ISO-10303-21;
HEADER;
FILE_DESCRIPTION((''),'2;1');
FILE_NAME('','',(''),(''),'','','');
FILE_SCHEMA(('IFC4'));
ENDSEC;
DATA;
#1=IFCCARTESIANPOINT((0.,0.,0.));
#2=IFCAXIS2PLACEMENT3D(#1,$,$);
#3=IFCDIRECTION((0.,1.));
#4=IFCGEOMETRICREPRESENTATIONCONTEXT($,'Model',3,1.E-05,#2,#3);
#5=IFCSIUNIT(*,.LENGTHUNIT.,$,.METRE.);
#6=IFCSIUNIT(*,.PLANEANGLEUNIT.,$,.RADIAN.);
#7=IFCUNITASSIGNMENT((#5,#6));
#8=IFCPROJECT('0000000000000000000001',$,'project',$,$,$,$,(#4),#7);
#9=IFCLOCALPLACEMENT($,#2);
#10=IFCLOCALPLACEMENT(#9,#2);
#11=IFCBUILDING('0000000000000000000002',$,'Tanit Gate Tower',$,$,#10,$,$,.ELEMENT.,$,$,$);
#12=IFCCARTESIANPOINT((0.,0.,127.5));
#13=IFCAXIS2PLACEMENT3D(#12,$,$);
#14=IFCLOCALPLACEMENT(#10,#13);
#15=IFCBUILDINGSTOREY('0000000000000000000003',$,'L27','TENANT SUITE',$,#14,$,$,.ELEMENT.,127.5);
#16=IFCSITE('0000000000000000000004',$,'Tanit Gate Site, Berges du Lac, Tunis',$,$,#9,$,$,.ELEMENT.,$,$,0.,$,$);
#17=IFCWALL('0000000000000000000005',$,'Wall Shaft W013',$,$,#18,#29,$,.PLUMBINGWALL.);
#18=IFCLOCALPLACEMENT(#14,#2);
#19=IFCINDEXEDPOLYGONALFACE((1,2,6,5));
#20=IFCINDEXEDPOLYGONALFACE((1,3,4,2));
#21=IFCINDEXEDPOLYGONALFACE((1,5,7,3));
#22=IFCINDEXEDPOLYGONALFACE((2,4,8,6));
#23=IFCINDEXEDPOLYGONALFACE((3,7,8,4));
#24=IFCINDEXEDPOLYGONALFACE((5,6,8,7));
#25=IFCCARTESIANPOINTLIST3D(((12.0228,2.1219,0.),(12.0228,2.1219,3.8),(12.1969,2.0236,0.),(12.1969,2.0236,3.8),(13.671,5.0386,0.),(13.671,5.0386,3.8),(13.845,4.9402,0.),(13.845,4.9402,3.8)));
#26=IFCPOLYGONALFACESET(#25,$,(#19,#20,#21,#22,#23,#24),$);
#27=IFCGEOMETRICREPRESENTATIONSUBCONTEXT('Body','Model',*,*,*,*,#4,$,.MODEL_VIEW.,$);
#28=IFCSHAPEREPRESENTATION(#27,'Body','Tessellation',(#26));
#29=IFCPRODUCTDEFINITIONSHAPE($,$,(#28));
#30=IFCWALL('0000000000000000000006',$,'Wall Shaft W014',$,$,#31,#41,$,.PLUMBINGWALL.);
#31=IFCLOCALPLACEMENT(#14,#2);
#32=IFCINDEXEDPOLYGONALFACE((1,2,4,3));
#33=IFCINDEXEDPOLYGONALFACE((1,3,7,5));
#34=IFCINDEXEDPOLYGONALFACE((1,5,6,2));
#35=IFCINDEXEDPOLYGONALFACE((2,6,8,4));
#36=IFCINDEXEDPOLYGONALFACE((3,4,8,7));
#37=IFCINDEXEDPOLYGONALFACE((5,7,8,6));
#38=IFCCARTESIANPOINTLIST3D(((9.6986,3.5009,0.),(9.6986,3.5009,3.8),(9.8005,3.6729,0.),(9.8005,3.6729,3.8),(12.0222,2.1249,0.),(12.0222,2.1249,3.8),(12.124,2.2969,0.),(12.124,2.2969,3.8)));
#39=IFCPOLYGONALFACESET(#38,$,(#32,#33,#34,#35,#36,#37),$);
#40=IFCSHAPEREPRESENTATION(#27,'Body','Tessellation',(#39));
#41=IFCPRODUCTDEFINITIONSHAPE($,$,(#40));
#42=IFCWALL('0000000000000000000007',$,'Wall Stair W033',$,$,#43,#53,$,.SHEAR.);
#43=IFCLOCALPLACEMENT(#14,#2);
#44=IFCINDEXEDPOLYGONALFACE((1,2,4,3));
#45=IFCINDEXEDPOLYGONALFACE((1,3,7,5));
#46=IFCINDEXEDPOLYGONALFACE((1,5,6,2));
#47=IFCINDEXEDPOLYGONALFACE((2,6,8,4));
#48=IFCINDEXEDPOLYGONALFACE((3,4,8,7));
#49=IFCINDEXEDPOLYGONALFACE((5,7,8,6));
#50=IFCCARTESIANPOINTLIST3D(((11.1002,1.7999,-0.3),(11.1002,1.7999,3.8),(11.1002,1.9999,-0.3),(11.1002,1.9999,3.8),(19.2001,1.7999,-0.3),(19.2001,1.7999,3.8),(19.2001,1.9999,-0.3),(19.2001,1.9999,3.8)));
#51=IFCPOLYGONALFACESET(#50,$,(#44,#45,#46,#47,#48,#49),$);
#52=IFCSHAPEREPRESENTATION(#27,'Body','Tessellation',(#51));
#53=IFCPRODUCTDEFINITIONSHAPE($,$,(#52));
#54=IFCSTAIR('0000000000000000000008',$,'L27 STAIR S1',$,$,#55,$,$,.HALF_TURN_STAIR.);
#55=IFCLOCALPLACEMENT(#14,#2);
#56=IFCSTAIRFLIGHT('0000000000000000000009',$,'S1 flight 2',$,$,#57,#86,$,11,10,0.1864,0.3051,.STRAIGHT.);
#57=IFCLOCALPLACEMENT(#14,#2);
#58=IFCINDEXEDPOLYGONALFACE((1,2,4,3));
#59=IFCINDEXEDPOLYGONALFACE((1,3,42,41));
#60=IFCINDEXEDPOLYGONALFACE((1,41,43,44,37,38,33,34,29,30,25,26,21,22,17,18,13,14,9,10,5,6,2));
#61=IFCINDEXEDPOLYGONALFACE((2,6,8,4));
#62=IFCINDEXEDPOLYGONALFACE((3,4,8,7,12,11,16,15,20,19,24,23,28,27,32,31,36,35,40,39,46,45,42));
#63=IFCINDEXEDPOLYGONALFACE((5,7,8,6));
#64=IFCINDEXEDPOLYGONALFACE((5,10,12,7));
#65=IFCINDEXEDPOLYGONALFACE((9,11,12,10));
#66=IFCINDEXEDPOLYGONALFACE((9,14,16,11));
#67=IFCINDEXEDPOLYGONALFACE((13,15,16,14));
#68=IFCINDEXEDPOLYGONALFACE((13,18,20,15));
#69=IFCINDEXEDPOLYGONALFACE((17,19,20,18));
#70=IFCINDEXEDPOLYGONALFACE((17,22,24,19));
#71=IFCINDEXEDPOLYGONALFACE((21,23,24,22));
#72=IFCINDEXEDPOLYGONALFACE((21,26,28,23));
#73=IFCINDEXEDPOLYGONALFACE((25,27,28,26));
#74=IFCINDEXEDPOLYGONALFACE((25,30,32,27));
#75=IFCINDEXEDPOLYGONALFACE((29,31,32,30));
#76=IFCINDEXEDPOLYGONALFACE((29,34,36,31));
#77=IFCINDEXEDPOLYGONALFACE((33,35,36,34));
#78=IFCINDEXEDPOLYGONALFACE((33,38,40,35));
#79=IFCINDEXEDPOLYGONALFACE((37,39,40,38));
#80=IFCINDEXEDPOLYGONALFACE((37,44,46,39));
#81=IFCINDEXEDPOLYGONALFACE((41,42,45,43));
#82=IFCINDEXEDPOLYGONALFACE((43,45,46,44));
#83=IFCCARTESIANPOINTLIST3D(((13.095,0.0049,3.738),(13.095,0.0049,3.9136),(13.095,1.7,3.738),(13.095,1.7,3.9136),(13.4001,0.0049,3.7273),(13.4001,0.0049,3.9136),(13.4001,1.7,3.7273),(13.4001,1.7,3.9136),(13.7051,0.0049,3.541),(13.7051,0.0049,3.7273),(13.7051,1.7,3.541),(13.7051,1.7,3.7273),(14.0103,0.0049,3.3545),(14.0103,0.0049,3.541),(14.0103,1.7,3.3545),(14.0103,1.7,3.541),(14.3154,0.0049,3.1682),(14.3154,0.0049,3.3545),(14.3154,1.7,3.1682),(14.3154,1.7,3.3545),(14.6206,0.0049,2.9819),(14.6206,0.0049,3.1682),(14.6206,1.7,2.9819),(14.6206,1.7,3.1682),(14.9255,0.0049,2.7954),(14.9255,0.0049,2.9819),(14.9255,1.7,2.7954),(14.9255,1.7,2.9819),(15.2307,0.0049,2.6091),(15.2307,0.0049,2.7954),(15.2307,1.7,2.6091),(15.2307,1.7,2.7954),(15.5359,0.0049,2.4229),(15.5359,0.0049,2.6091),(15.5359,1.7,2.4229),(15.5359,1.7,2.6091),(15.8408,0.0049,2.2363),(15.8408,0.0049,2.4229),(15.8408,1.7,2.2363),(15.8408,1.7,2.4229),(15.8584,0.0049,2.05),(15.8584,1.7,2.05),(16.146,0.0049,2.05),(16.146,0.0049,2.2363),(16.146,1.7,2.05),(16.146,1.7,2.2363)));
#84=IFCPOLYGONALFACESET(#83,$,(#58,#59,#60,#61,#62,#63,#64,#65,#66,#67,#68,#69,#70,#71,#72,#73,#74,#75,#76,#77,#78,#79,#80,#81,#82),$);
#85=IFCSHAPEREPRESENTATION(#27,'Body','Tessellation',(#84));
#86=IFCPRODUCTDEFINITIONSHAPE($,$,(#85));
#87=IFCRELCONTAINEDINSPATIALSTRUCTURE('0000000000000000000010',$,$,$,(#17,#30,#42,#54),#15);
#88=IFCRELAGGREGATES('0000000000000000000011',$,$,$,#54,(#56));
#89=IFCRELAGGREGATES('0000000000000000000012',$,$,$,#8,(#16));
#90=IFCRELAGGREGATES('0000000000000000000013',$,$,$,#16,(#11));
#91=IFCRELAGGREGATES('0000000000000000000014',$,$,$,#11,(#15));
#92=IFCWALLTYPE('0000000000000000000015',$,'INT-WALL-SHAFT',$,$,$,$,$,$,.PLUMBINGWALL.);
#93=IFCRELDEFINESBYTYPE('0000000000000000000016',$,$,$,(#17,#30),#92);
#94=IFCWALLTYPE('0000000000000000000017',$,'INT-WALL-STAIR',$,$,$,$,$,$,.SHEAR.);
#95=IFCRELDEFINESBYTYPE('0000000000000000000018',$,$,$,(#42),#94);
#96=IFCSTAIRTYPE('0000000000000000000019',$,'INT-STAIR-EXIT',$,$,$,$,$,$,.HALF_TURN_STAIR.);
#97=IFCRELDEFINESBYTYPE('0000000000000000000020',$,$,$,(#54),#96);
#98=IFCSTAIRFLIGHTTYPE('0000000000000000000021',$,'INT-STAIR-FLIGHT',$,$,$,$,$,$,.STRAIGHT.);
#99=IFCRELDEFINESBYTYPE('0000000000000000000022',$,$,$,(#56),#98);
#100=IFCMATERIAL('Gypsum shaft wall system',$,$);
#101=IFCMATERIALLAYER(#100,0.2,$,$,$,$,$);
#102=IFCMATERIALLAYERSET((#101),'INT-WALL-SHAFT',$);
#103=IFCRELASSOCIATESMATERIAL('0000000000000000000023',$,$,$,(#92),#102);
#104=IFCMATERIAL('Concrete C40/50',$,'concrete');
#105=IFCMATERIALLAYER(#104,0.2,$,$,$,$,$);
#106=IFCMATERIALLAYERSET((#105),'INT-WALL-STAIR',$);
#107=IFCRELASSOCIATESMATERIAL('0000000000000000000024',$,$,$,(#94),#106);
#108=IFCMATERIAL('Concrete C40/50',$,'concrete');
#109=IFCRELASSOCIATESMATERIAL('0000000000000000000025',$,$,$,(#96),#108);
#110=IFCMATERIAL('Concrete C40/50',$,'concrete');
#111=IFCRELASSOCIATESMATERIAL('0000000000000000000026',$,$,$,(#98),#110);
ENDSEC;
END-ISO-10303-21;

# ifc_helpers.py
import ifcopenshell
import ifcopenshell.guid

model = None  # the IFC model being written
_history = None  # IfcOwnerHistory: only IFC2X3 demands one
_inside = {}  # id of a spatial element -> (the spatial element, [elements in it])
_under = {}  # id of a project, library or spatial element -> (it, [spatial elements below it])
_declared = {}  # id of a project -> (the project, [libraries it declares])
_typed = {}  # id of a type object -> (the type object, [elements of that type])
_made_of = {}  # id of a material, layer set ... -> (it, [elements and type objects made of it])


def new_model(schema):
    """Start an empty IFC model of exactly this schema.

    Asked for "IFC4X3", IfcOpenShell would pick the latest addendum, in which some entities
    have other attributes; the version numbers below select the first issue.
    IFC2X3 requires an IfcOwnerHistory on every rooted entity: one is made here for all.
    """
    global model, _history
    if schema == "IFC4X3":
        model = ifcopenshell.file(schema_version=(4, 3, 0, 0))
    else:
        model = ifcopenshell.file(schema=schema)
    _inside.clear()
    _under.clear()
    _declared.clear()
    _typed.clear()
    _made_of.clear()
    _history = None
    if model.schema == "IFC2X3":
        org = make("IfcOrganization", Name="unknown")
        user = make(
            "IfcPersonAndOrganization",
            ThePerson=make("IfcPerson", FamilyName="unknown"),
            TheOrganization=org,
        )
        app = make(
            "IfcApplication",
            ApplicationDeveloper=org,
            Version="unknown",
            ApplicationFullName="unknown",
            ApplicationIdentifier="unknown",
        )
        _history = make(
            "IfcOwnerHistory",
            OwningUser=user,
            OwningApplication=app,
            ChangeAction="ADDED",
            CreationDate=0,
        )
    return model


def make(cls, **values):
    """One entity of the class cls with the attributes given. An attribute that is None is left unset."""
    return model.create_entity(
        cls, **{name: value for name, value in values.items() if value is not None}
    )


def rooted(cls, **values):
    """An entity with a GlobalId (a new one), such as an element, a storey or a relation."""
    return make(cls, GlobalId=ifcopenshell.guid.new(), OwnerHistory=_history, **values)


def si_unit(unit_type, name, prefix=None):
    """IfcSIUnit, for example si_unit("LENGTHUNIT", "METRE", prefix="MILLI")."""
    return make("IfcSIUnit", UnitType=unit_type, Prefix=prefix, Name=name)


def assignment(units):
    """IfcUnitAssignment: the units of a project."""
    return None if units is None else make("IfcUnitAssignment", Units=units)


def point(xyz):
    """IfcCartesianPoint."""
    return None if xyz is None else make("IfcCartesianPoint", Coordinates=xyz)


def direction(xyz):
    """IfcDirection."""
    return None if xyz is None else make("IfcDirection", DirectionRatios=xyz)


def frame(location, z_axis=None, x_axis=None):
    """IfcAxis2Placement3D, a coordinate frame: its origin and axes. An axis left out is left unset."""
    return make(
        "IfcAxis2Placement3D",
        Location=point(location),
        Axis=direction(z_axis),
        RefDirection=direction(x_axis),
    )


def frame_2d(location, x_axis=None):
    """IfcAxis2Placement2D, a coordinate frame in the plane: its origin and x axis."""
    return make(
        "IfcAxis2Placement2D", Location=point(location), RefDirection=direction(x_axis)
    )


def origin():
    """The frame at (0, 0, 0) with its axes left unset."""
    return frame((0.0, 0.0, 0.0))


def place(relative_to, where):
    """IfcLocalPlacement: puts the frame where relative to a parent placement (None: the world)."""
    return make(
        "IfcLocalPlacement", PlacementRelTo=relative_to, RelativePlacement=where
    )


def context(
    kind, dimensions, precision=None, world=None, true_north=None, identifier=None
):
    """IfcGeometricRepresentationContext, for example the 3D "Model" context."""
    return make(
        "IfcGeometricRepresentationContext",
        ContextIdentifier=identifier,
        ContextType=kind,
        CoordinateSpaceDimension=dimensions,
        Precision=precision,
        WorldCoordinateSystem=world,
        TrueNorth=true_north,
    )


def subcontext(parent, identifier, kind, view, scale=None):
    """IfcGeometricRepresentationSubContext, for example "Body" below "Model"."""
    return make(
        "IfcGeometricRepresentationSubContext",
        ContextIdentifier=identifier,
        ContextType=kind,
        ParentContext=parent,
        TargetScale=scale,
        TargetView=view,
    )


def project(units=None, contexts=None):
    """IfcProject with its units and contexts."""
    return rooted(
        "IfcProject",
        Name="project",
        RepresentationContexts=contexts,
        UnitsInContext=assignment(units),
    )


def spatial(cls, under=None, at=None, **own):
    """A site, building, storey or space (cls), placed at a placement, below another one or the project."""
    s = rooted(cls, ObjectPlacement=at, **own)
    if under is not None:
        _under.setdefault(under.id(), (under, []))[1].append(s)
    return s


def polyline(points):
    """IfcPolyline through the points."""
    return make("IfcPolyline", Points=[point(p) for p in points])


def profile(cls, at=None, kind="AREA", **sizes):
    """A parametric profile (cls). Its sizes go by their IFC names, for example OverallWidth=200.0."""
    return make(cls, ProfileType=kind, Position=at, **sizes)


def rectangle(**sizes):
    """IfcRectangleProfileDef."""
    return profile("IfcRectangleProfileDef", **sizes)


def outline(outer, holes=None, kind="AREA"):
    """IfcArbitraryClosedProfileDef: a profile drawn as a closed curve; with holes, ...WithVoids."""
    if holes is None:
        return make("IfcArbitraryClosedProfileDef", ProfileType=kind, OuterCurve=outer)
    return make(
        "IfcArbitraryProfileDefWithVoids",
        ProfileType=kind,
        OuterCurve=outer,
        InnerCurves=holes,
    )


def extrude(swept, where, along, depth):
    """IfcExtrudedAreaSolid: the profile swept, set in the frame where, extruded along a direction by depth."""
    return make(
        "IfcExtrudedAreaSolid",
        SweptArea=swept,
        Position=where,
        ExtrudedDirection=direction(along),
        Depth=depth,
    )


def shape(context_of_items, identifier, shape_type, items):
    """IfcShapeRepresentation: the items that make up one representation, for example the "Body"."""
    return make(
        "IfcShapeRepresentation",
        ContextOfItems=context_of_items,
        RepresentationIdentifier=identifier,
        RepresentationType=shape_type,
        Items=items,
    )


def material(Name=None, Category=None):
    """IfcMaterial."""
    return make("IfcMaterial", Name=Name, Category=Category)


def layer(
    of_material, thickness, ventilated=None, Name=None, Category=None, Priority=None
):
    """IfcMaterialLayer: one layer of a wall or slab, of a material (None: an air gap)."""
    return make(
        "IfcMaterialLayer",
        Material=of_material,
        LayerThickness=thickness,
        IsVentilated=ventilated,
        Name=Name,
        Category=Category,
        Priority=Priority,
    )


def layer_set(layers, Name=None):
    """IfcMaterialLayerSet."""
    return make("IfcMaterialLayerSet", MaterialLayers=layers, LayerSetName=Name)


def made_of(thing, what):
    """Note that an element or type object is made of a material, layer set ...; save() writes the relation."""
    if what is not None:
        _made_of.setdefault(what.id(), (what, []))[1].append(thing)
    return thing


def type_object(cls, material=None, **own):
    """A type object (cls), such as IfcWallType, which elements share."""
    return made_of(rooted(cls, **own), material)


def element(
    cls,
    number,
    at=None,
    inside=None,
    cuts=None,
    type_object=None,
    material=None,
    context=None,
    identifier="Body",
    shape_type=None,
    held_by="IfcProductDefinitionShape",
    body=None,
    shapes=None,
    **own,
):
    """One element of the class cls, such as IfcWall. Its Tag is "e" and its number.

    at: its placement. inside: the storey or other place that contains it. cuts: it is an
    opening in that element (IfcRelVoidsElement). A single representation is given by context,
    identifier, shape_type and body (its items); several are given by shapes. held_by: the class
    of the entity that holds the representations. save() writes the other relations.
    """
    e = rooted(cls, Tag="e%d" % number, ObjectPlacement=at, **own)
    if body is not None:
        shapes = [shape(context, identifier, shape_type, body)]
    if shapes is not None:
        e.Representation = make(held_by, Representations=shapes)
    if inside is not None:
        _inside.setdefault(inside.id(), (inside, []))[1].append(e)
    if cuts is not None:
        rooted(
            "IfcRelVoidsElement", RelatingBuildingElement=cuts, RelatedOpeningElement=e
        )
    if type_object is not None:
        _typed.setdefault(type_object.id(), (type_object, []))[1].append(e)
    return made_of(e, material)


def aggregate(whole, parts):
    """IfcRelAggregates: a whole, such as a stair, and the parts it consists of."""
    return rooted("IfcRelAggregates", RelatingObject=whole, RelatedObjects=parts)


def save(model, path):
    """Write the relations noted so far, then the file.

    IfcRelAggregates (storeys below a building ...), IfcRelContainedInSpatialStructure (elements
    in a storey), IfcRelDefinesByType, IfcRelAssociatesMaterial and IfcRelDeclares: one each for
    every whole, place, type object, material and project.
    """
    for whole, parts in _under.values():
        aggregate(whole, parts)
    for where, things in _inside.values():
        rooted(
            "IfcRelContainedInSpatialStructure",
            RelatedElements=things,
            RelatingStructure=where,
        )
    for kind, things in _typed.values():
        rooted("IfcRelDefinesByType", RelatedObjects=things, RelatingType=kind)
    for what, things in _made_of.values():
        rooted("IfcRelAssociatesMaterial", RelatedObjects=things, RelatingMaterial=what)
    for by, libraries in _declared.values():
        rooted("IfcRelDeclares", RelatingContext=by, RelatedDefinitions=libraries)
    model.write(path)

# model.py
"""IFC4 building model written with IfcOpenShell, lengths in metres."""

from ifc_helpers import new_model, si_unit, direction, frame, frame_2d, origin, place, context, subcontext, project, spatial, polyline, rectangle, outline, extrude, material, layer, layer_set, type_object, element, aggregate, save


model = new_model("IFC4")

# Units and contexts
model_context = context("Model", 3, precision=1e-05, world=origin(), true_north=direction((0.0, 1.0)))
body_context = subcontext(model_context, "Body", "Model", "MODEL_VIEW")
ifc_project = project(units=[si_unit("LENGTHUNIT", "METRE"), si_unit("PLANEANGLEUNIT", "RADIAN")], contexts=[model_context])

# Site, building, storey
site_placement = place(None, origin())
site = spatial("IfcSite", under=ifc_project, at=site_placement, Name="Tanit Gate Site, Berges du Lac, Tunis", CompositionType="ELEMENT", RefElevation=0.0)
building_placement = place(site_placement, origin())
building = spatial("IfcBuilding", under=site, at=building_placement, Name="Tanit Gate Tower", CompositionType="ELEMENT")
storey_placement = place(building_placement, frame((0.0, 0.0, 127.5)))
storey = spatial("IfcBuildingStorey", under=building, at=storey_placement, Name="L27", Description="TENANT SUITE", CompositionType="ELEMENT", Elevation=127.5)

# Walls
ifc_material_1 = material(Name="Gypsum shaft wall system")
ifc_layer_1 = layer(ifc_material_1, 0.2)
ifc_layer_set_1 = layer_set([ifc_layer_1], Name="INT-WALL-SHAFT")
wall_type_1 = type_object("IfcWallType", Name="INT-WALL-SHAFT", PredefinedType="PLUMBINGWALL", material=ifc_layer_set_1)
wall_1_placement = place(storey_placement, frame((12.1099, 2.0728, 0.0), z_axis=(0.0, 0.0, 1.0), x_axis=(0.491966, 0.870614, 0.0)))
element("IfcWall", 1, at=wall_1_placement, inside=storey, type_object=wall_type_1, Name="Wall Shaft W013", PredefinedType="PLUMBINGWALL", context=body_context, shape_type="SweptSolid", body=[
    extrude(rectangle(XDim=3.3501, YDim=0.2, at=frame_2d((1.675, 0.0))), origin(), (0.0, 0.0, 1.0), 3.8),
])
wall_2_placement = place(storey_placement, frame((12.073, 2.2109, 0.0), z_axis=(0.0, 0.0, 1.0), x_axis=(-0.860438, 0.509555, 0.0)))
element("IfcWall", 2, at=wall_2_placement, inside=storey, type_object=wall_type_1, Name="Wall Shaft W014", PredefinedType="PLUMBINGWALL", context=body_context, shape_type="SweptSolid", body=[
    extrude(rectangle(XDim=2.7004, YDim=0.2, at=frame_2d((1.3501, 0.0))), origin(), (0.0, 0.0, 1.0), 3.8),
])
ifc_material_2 = material(Name="Concrete C40/50", Category="concrete")
ifc_layer_2 = layer(ifc_material_2, 0.2)
ifc_layer_set_2 = layer_set([ifc_layer_2], Name="INT-WALL-STAIR")
wall_type_2 = type_object("IfcWallType", Name="INT-WALL-STAIR", PredefinedType="SHEAR", material=ifc_layer_set_2)
wall_3_placement = place(storey_placement, frame((19.2, 1.8999, -0.3), z_axis=(0.0, 0.0, 1.0), x_axis=(-1.0, 0.0, 0.0)))
element("IfcWall", 3, at=wall_3_placement, inside=storey, type_object=wall_type_2, Name="Wall Stair W033", PredefinedType="SHEAR", context=body_context, shape_type="SweptSolid", body=[
    extrude(rectangle(XDim=8.0999, YDim=0.2, at=frame_2d((4.0498, 0.0))), origin(), (0.0, 0.0, 1.0), 4.1001),
])

# Stair, stair flight
ifc_material_3 = material(Name="Concrete C40/50", Category="concrete")
stair_type = type_object("IfcStairType", Name="INT-STAIR-EXIT", PredefinedType="HALF_TURN_STAIR", material=ifc_material_3)
stair_placement = place(storey_placement, origin())
stair = element("IfcStair", 4, at=stair_placement, inside=storey, type_object=stair_type, Name="L27 STAIR S1", PredefinedType="HALF_TURN_STAIR")
ifc_material_4 = material(Name="Concrete C40/50", Category="concrete")
stair_flight_type = type_object("IfcStairFlightType", Name="INT-STAIR-FLIGHT", PredefinedType="STRAIGHT", material=ifc_material_4)
stair_flight_placement = place(storey_placement, frame((16.146, 0.8525, 2.05), z_axis=(0.0, 0.0, 1.0), x_axis=(-1.0, 0.0, 0.0)))
stair_flight = element("IfcStairFlight", 5, at=stair_flight_placement, type_object=stair_flight_type, Name="S1 flight 2", NumberOfRisers=11, NumberOfTreads=10, PredefinedType="STRAIGHT", RiserHeight=0.1864, TreadLength=0.3051, context=body_context, shape_type="SweptSolid", body=[
    extrude(outline(polyline([(0.0, 0.0), (0.0, 0.1863), (0.3052, 0.1863), (0.3052, 0.3728), (0.6101, 0.3728), (0.6101, 0.5591), (0.9153, 0.5591), (0.9153, 0.7454), (1.2205, 0.7454), (1.2205, 0.9319), (1.5254, 0.9319), (1.5254, 1.1182), (1.8306, 1.1182), (1.8306, 1.3044), (2.1357, 1.3044), (2.1357, 1.491), (2.4409, 1.491), (2.4409, 1.6772), (2.7458, 1.6772), (2.7458, 1.8635), (3.051, 1.8635), (3.051, 2.05), (3.051, 1.688), (0.2876, 0.0), (0.0, 0.0)])), frame((0.0, 0.8477, 0.0), z_axis=(0.0, -1.0, 0.0), x_axis=(1.0, 0.0, 0.0)), (0.0, 0.0, 1.0), 1.6951),
])
aggregate(stair, [stair_flight])

save(model, "model.ifc")
